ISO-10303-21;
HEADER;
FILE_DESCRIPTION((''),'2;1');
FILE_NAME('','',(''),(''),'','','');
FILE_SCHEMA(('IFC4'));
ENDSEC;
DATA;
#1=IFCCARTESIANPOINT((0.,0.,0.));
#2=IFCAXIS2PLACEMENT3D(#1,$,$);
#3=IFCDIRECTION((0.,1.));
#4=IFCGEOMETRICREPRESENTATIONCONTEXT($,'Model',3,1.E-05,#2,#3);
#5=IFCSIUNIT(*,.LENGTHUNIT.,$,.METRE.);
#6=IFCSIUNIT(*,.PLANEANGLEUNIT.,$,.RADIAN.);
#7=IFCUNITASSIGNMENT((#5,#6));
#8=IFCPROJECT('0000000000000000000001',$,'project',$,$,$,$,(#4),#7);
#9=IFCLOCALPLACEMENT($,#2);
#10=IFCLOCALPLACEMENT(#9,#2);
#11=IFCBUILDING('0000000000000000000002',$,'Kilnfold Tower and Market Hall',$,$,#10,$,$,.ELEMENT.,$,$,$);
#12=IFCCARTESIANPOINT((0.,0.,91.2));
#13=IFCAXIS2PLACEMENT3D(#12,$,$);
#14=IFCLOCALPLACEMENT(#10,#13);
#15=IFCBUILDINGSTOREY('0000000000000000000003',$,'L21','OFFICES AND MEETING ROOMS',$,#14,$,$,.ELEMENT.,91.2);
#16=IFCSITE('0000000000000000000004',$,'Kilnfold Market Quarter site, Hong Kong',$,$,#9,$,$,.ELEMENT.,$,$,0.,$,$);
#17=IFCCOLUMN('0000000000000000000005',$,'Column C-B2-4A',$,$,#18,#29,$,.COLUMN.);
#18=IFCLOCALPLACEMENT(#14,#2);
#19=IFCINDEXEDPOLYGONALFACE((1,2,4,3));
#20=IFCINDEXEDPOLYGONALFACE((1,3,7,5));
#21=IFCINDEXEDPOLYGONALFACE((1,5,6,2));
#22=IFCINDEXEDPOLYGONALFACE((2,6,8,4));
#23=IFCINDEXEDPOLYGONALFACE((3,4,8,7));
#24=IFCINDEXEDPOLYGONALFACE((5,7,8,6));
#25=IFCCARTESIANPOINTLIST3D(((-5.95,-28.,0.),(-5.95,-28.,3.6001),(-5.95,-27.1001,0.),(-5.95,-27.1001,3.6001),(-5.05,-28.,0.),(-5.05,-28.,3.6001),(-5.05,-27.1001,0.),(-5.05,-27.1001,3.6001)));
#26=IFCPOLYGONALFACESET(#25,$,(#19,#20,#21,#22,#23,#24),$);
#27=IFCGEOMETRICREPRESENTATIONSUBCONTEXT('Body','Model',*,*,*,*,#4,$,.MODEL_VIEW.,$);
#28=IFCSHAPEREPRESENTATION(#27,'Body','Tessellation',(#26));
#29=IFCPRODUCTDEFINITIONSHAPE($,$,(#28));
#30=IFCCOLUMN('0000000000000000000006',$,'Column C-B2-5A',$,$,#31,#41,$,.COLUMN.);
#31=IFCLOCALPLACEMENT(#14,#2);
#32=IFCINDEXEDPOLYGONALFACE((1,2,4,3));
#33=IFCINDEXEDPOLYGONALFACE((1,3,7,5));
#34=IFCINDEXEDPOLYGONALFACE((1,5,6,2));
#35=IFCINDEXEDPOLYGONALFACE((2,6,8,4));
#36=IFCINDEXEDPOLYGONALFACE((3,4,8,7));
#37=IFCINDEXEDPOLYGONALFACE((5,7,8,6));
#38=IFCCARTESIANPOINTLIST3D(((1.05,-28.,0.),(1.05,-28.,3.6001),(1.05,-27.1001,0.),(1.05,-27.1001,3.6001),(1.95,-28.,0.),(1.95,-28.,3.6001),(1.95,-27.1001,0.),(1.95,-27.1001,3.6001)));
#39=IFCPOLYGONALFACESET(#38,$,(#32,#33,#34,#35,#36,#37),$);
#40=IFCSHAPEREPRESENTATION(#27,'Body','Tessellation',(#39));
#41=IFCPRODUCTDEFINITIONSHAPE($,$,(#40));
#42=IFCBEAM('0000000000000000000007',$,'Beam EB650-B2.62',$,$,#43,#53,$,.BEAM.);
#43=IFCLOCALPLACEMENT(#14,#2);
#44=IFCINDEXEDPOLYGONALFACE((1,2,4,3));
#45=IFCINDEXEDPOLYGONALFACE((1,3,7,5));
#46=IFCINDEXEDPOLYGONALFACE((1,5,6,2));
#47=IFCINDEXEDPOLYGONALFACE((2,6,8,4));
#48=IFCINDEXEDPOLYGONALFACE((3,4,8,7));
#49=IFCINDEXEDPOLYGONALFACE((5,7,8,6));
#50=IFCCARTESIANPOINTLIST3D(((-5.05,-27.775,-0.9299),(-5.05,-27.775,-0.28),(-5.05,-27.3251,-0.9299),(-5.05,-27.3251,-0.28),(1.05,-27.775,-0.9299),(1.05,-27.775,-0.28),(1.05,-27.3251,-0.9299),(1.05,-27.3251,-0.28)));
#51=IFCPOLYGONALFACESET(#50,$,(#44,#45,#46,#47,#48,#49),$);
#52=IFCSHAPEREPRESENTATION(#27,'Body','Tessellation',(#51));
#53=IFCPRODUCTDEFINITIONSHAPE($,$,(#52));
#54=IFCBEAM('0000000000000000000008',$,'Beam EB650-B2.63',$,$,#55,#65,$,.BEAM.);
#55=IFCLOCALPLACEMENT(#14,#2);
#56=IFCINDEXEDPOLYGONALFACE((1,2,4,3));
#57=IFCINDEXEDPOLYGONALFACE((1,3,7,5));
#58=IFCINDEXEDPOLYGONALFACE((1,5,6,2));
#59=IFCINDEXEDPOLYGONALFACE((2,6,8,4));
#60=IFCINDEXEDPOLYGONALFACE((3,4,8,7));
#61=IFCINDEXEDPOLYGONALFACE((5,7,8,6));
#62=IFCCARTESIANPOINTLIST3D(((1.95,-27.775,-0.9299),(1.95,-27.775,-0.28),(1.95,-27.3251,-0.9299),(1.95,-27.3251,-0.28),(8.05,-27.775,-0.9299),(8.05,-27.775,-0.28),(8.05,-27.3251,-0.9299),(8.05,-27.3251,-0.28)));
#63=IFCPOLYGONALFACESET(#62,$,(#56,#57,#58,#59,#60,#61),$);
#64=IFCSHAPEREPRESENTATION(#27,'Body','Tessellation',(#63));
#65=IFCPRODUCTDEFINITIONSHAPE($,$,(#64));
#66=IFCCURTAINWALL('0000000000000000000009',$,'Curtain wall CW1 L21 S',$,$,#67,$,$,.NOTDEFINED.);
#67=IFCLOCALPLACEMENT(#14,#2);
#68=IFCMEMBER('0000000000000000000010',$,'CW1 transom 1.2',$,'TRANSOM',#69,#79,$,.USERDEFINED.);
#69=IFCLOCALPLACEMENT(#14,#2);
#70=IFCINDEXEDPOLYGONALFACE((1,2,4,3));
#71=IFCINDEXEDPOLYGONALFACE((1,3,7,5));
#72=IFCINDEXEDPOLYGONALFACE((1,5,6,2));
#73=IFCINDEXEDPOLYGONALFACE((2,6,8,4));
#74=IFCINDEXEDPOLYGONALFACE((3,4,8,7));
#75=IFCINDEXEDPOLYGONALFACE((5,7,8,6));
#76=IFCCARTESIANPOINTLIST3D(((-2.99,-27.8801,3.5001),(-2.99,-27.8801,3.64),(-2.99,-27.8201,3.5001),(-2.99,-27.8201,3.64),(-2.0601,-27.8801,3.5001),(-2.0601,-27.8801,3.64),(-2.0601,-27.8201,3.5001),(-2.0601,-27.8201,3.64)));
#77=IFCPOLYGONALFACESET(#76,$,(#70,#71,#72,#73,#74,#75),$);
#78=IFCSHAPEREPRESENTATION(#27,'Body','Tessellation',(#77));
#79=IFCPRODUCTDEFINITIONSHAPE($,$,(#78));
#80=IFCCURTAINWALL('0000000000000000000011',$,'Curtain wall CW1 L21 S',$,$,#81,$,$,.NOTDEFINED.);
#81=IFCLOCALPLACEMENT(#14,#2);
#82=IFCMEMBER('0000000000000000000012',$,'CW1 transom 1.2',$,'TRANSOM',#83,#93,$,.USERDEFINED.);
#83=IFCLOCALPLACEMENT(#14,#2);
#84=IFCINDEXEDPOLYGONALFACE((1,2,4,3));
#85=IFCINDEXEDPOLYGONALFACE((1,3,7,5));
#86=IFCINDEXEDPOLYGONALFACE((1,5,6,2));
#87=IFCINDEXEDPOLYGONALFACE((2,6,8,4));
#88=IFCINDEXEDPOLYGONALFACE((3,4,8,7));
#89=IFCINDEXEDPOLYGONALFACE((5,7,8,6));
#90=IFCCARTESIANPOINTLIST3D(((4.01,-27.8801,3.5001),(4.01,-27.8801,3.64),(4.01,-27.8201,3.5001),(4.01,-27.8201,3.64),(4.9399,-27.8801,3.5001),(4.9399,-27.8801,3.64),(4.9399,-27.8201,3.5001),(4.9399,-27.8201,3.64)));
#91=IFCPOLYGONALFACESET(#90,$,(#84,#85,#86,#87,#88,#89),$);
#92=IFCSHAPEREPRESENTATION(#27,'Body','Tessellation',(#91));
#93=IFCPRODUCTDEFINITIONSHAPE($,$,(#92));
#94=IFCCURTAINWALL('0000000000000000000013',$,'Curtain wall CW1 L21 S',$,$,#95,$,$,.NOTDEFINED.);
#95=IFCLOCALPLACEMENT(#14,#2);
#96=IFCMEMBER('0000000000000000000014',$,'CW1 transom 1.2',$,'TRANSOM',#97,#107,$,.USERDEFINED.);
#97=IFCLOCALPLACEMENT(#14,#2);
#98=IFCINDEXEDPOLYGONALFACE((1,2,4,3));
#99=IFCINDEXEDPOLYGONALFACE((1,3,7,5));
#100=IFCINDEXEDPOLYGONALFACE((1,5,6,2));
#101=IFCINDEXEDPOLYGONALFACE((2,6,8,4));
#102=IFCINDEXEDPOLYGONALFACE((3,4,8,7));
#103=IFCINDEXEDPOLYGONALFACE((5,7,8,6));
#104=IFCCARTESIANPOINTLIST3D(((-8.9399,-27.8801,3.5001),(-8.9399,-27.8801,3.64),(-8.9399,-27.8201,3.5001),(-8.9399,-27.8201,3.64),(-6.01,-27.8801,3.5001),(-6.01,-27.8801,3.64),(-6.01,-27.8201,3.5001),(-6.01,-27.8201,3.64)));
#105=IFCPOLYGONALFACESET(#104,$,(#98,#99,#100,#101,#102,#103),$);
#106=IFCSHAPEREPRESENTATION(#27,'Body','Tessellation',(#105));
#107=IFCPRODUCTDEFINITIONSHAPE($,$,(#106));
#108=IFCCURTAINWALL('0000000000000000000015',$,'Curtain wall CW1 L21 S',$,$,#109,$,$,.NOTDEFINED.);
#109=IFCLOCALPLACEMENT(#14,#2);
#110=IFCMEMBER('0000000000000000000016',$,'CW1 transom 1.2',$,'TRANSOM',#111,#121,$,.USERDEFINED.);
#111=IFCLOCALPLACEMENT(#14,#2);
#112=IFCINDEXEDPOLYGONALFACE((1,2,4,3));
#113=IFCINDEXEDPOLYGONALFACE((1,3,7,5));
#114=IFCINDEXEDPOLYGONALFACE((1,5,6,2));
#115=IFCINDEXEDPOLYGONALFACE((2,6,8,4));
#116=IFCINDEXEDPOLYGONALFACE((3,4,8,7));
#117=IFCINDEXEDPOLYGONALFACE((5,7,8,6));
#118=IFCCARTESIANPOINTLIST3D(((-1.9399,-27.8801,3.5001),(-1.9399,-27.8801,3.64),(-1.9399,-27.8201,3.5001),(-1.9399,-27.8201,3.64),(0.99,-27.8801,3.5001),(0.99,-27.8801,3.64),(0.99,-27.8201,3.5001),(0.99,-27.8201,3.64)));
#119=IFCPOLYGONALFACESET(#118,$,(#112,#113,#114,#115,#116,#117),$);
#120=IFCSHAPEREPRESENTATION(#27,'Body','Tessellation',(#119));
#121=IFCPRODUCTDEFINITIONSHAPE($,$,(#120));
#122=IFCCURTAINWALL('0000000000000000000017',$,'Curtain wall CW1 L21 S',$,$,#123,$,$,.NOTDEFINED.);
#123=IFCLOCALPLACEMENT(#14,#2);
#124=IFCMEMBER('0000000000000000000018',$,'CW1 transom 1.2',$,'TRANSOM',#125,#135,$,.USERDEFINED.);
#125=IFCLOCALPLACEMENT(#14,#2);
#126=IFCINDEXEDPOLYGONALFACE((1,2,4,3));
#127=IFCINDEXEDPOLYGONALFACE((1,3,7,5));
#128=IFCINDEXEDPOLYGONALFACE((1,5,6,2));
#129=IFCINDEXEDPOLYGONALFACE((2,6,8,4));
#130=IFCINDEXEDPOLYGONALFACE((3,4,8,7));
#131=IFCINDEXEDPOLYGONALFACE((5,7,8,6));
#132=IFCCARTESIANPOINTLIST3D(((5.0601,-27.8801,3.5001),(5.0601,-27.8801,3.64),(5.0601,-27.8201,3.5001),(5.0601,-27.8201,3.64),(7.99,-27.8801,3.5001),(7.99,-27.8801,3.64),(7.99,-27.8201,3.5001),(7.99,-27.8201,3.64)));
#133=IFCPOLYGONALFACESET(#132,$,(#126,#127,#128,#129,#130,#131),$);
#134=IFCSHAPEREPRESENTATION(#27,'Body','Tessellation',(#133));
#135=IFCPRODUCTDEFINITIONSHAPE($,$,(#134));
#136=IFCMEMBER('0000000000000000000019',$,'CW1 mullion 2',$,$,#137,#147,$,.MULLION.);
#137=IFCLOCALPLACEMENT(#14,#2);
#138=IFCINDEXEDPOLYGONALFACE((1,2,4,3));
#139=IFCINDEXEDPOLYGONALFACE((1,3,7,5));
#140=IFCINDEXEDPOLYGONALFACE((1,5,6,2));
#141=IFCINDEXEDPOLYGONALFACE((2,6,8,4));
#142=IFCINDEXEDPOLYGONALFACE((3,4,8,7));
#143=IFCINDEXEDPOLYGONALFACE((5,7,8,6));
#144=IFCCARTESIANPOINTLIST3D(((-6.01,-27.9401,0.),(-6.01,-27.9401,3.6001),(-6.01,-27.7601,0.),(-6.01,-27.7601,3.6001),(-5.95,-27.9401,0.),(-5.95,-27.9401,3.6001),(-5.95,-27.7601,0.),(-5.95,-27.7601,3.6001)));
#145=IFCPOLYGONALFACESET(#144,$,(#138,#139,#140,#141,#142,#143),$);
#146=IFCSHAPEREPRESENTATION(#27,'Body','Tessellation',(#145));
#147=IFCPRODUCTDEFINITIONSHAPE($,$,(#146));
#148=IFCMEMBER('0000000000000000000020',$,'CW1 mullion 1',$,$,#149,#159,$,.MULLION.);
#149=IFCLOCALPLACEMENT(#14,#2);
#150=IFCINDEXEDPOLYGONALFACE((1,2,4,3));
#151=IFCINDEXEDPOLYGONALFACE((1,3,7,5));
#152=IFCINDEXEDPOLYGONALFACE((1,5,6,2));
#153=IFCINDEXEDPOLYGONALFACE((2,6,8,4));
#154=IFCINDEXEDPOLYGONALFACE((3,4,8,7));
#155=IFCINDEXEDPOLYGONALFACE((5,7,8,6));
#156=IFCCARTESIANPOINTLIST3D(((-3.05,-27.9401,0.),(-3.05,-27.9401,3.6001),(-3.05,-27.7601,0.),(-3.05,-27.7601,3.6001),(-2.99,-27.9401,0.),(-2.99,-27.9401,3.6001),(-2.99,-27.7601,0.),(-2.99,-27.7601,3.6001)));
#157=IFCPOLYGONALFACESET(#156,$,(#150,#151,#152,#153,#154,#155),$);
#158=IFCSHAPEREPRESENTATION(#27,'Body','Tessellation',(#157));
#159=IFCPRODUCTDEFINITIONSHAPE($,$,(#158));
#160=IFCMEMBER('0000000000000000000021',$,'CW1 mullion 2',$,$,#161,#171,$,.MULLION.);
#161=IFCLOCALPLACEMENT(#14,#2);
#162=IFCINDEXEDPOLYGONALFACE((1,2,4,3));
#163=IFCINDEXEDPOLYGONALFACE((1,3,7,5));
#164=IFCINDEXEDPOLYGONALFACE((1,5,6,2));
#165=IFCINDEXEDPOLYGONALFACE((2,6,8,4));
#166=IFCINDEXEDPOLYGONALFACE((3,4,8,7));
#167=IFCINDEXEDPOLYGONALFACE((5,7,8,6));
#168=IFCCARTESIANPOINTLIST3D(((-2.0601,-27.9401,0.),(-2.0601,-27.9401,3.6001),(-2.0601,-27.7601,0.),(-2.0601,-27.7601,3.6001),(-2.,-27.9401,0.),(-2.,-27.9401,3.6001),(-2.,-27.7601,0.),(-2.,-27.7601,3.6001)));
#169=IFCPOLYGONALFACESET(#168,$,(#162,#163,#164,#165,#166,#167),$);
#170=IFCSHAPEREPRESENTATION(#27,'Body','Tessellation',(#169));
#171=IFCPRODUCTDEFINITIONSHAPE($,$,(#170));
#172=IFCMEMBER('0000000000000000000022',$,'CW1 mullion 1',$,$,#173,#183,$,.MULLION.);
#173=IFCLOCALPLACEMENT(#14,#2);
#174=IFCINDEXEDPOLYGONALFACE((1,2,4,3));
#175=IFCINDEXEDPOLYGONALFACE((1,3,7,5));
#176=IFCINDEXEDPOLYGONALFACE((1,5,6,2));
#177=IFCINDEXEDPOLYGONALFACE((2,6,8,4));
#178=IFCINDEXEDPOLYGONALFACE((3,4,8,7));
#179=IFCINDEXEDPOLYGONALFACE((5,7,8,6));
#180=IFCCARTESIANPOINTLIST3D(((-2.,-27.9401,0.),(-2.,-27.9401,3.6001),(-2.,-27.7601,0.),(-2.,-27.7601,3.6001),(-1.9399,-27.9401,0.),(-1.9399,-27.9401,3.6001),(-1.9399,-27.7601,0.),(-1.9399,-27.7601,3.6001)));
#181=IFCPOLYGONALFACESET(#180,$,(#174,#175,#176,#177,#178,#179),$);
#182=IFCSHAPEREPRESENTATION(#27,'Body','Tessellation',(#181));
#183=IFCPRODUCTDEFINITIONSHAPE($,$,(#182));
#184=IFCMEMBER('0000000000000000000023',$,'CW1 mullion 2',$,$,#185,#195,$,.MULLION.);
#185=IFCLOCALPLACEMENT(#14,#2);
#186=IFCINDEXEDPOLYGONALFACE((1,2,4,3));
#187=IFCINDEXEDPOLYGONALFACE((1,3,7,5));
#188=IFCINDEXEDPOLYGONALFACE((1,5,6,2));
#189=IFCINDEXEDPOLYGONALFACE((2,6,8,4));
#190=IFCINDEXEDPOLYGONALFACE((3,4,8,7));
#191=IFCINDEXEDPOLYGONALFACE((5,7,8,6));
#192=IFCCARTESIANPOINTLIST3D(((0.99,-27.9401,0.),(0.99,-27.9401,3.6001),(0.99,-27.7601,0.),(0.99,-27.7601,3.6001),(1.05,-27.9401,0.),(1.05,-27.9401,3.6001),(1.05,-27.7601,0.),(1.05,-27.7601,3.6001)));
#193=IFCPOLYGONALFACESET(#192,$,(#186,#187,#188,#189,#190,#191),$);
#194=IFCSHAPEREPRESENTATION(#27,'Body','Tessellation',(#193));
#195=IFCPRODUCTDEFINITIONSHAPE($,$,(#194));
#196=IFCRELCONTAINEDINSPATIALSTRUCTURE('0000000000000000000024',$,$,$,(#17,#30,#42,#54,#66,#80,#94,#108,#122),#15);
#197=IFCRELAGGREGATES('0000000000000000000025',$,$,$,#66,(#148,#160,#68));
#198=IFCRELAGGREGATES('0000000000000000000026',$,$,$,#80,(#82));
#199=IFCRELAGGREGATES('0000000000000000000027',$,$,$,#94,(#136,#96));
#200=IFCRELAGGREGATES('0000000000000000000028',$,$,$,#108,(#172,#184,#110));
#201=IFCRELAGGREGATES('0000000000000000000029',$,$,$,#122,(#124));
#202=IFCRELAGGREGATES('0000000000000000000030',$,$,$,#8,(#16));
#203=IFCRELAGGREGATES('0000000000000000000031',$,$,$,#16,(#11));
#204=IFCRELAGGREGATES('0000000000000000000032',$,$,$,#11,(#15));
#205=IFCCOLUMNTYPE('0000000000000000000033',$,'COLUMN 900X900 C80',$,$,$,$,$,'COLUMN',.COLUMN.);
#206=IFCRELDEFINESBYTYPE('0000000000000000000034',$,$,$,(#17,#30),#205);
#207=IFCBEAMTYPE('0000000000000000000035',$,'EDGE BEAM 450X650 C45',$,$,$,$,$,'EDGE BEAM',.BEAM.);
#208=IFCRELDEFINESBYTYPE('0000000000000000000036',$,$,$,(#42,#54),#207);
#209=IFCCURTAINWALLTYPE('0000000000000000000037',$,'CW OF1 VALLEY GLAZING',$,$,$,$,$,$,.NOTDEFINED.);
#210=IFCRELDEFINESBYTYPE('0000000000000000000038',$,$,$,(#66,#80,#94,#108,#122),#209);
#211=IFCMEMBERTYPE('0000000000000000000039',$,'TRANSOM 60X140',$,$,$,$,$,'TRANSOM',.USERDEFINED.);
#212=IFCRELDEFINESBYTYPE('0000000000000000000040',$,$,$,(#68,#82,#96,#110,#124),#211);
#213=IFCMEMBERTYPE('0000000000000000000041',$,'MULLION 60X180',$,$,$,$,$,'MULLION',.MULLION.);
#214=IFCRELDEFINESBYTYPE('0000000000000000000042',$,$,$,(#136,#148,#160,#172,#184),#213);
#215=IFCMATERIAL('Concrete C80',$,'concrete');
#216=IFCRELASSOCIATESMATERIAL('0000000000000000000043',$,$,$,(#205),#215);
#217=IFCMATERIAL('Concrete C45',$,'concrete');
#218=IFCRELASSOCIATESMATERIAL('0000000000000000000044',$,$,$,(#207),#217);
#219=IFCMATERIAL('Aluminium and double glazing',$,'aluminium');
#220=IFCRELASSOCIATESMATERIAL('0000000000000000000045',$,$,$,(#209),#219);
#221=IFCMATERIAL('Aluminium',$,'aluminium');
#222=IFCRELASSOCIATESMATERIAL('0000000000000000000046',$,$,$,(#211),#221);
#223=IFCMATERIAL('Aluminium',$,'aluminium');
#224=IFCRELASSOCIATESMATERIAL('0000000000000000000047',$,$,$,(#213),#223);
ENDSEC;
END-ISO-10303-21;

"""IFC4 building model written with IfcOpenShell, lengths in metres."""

from ifc_helpers import new_model, si_unit, direction, frame, origin, origin_2d, place, context, subcontext, project, spatial, rectangle, extrude, source, transform, mapped, material, material_profile, profile_set, type_object, element, aggregate, save


model = new_model("IFC4")

# Units and contexts
model_context = context("Model", 3, precision=1e-05, world=origin(), true_north=direction((0.0, 1.0)))
body_context = subcontext(model_context, "Body", "Model", "MODEL_VIEW")
ifc_project = project(units=[si_unit("LENGTHUNIT", "METRE"), si_unit("PLANEANGLEUNIT", "RADIAN")], contexts=[model_context])

# Site, building, storey
site_placement = place(None, origin())
site = spatial("IfcSite", under=ifc_project, at=site_placement, Name="Kilnfold Market Quarter site, Hong Kong", CompositionType="ELEMENT", RefElevation=0.0)
building_placement = place(site_placement, origin())
building = spatial("IfcBuilding", under=site, at=building_placement, Name="Kilnfold Tower and Market Hall", CompositionType="ELEMENT")
storey_placement = place(building_placement, frame((0.0, 0.0, 91.2)))
storey = spatial("IfcBuildingStorey", under=building, at=storey_placement, Name="L21", Description="OFFICES AND MEETING ROOMS", CompositionType="ELEMENT", Elevation=91.2)

# Columns
ifc_material_1 = material(Name="Concrete C80", Category="concrete")
ifc_material_profile_1 = material_profile(ifc_material_1, rectangle(XDim=0.8999, YDim=0.8999, at=origin_2d()), Name="RC 900x900")
ifc_profile_set_1 = profile_set([ifc_material_profile_1], Name="Concrete C80")
column_type = type_object("IfcColumnType", Name="COLUMN 900X900 C80", ElementType="COLUMN", PredefinedType="COLUMN", material=ifc_profile_set_1)
shared_shape_1 = source(origin(), body_context, "Body", "SweptSolid", [
    extrude(rectangle(XDim=0.8999, YDim=0.8999, at=origin_2d()), origin(), (0.0, 0.0, 1.0), 3.6001),
])
for number, where, z_axis, x_axis, name in (
    (1, (-5.5, -27.55, 0.0), (0.0, 0.0, 1.0), (1.0, 0.0, 0.0), "Column C-B2-4A"),
    (2, (1.5, -27.55, 0.0), (0.0, 0.0, 1.0), (1.0, 0.0, 0.0), "Column C-B2-5A"),
):
    element("IfcColumn", number, at=place(storey_placement, frame(where, z_axis=z_axis, x_axis=x_axis)), inside=storey, type_object=column_type, Name=name, PredefinedType="COLUMN", context=body_context, shape_type="MappedRepresentation", body=[
        mapped(shared_shape_1, transform((0.0, 0.0, 0.0))),
    ])

# Beams
ifc_material_2 = material(Name="Concrete C45", Category="concrete")
ifc_material_profile_2 = material_profile(ifc_material_2, rectangle(XDim=0.45, YDim=0.6499, at=origin_2d()), Name="RC 450x650")
ifc_profile_set_2 = profile_set([ifc_material_profile_2], Name="Concrete C45")
beam_type = type_object("IfcBeamType", Name="EDGE BEAM 450X650 C45", ElementType="EDGE BEAM", PredefinedType="BEAM", material=ifc_profile_set_2)
shared_shape_2 = source(origin(), body_context, "Body", "SweptSolid", [
    extrude(rectangle(XDim=0.45, YDim=0.6499, at=origin_2d()), origin(), (0.0, 0.0, 1.0), 6.1001),
])
for number, where, z_axis, x_axis, name in (
    (3, (-5.05, -27.55, -0.605), (1.0, 0.0, 0.0), (0.0, 1.0, 0.0), "Beam EB650-B2.62"),
    (4, (1.95, -27.55, -0.605), (1.0, 0.0, 0.0), (0.0, 1.0, 0.0), "Beam EB650-B2.63"),
):
    element("IfcBeam", number, at=place(storey_placement, frame(where, z_axis=z_axis, x_axis=x_axis)), inside=storey, type_object=beam_type, Name=name, PredefinedType="BEAM", context=body_context, shape_type="MappedRepresentation", body=[
        mapped(shared_shape_2, transform((0.0, 0.0, 0.0))),
    ])

# Curtain walls, members
ifc_material_3 = material(Name="Aluminium and double glazing", Category="aluminium")
curtain_wall_type = type_object("IfcCurtainWallType", Name="CW OF1 VALLEY GLAZING", PredefinedType="NOTDEFINED", material=ifc_material_3)
curtain_wall_1_placement = place(storey_placement, origin())
curtain_wall_1 = element("IfcCurtainWall", 5, at=curtain_wall_1_placement, inside=storey, type_object=curtain_wall_type, Name="Curtain wall CW1 L21 S", PredefinedType="NOTDEFINED")
ifc_material_4 = material(Name="Aluminium", Category="aluminium")
ifc_material_profile_3 = material_profile(ifc_material_4, rectangle(XDim=0.0601, YDim=0.1399, at=origin_2d()), Name="TRANSOM 60x140")
ifc_profile_set_3 = profile_set([ifc_material_profile_3], Name="Aluminium")
member_type_1 = type_object("IfcMemberType", Name="TRANSOM 60X140", ElementType="TRANSOM", PredefinedType="USERDEFINED", material=ifc_profile_set_3)
shared_shape_3 = source(origin(), body_context, "Body", "SweptSolid", [
    extrude(rectangle(XDim=0.0601, YDim=0.1399, at=origin_2d()), origin(), (0.0, 0.0, 1.0), 0.9299),
])
member_1_placement = place(storey_placement, frame((-2.99, -27.8501, 3.5701), z_axis=(1.0, 0.0, 0.0), x_axis=(0.0, 1.0, 0.0)))
member_1 = element("IfcMember", 6, at=member_1_placement, type_object=member_type_1, Name="CW1 transom 1.2", ObjectType="TRANSOM", PredefinedType="USERDEFINED", context=body_context, shape_type="MappedRepresentation", body=[
    mapped(shared_shape_3, transform((0.0, 0.0, 0.0))),
])
curtain_wall_2_placement = place(storey_placement, origin())
curtain_wall_2 = element("IfcCurtainWall", 7, at=curtain_wall_2_placement, inside=storey, type_object=curtain_wall_type, Name="Curtain wall CW1 L21 S", PredefinedType="NOTDEFINED")
member_2_placement = place(storey_placement, frame((4.01, -27.8501, 3.5701), z_axis=(1.0, 0.0, 0.0), x_axis=(0.0, 1.0, 0.0)))
member_2 = element("IfcMember", 8, at=member_2_placement, type_object=member_type_1, Name="CW1 transom 1.2", ObjectType="TRANSOM", PredefinedType="USERDEFINED", context=body_context, shape_type="MappedRepresentation", body=[
    mapped(shared_shape_3, transform((0.0, 0.0, 0.0))),
])
curtain_wall_3_placement = place(storey_placement, origin())
curtain_wall_3 = element("IfcCurtainWall", 9, at=curtain_wall_3_placement, inside=storey, type_object=curtain_wall_type, Name="Curtain wall CW1 L21 S", PredefinedType="NOTDEFINED")
shared_shape_4 = source(origin(), body_context, "Body", "SweptSolid", [
    extrude(rectangle(XDim=0.0601, YDim=0.1399, at=origin_2d()), origin(), (0.0, 0.0, 1.0), 2.9299),
])
member_3_placement = place(storey_placement, frame((-8.9399, -27.8501, 3.5701), z_axis=(1.0, 0.0, 0.0), x_axis=(0.0, 1.0, 0.0)))
member_3 = element("IfcMember", 10, at=member_3_placement, type_object=member_type_1, Name="CW1 transom 1.2", ObjectType="TRANSOM", PredefinedType="USERDEFINED", context=body_context, shape_type="MappedRepresentation", body=[
    mapped(shared_shape_4, transform((0.0, 0.0, 0.0))),
])
curtain_wall_4_placement = place(storey_placement, origin())
curtain_wall_4 = element("IfcCurtainWall", 11, at=curtain_wall_4_placement, inside=storey, type_object=curtain_wall_type, Name="Curtain wall CW1 L21 S", PredefinedType="NOTDEFINED")
member_4_placement = place(storey_placement, frame((-1.9399, -27.8501, 3.5701), z_axis=(1.0, 0.0, 0.0), x_axis=(0.0, 1.0, 0.0)))
member_4 = element("IfcMember", 12, at=member_4_placement, type_object=member_type_1, Name="CW1 transom 1.2", ObjectType="TRANSOM", PredefinedType="USERDEFINED", context=body_context, shape_type="MappedRepresentation", body=[
    mapped(shared_shape_4, transform((0.0, 0.0, 0.0))),
])
curtain_wall_5_placement = place(storey_placement, origin())
curtain_wall_5 = element("IfcCurtainWall", 13, at=curtain_wall_5_placement, inside=storey, type_object=curtain_wall_type, Name="Curtain wall CW1 L21 S", PredefinedType="NOTDEFINED")
member_5_placement = place(storey_placement, frame((5.0601, -27.8501, 3.5701), z_axis=(1.0, 0.0, 0.0), x_axis=(0.0, 1.0, 0.0)))
member_5 = element("IfcMember", 14, at=member_5_placement, type_object=member_type_1, Name="CW1 transom 1.2", ObjectType="TRANSOM", PredefinedType="USERDEFINED", context=body_context, shape_type="MappedRepresentation", body=[
    mapped(shared_shape_4, transform((0.0, 0.0, 0.0))),
])

# Members
ifc_material_5 = material(Name="Aluminium", Category="aluminium")
ifc_material_profile_4 = material_profile(ifc_material_5, rectangle(XDim=0.0601, YDim=0.1799, at=origin_2d()), Name="MULLION 60x180")
ifc_profile_set_4 = profile_set([ifc_material_profile_4], Name="Aluminium")
member_type_2 = type_object("IfcMemberType", Name="MULLION 60X180", ElementType="MULLION", PredefinedType="MULLION", material=ifc_profile_set_4)
shared_shape_5 = source(origin(), body_context, "Body", "SweptSolid", [
    extrude(rectangle(XDim=0.0601, YDim=0.1799, at=origin_2d()), origin(), (0.0, 0.0, 1.0), 3.6001),
])
member_6_placement = place(storey_placement, frame((-5.98, -27.8501, 0.0), z_axis=(0.0, 0.0, 1.0), x_axis=(1.0, 0.0, 0.0)))
member_6 = element("IfcMember", 15, at=member_6_placement, type_object=member_type_2, Name="CW1 mullion 2", PredefinedType="MULLION", context=body_context, shape_type="MappedRepresentation", body=[
    mapped(shared_shape_5, transform((0.0, 0.0, 0.0))),
])
member_7_placement = place(storey_placement, frame((-3.02, -27.8501, 0.0), z_axis=(0.0, 0.0, 1.0), x_axis=(1.0, 0.0, 0.0)))
member_7 = element("IfcMember", 16, at=member_7_placement, type_object=member_type_2, Name="CW1 mullion 1", PredefinedType="MULLION", context=body_context, shape_type="MappedRepresentation", body=[
    mapped(shared_shape_5, transform((0.0, 0.0, 0.0))),
])
member_8_placement = place(storey_placement, frame((-2.03, -27.8501, 0.0), z_axis=(0.0, 0.0, 1.0), x_axis=(1.0, 0.0, 0.0)))
member_8 = element("IfcMember", 17, at=member_8_placement, type_object=member_type_2, Name="CW1 mullion 2", PredefinedType="MULLION", context=body_context, shape_type="MappedRepresentation", body=[
    mapped(shared_shape_5, transform((0.0, 0.0, 0.0))),
])
member_9_placement = place(storey_placement, frame((-1.97, -27.8501, 0.0), z_axis=(0.0, 0.0, 1.0), x_axis=(1.0, 0.0, 0.0)))
member_9 = element("IfcMember", 18, at=member_9_placement, type_object=member_type_2, Name="CW1 mullion 1", PredefinedType="MULLION", context=body_context, shape_type="MappedRepresentation", body=[
    mapped(shared_shape_5, transform((0.0, 0.0, 0.0))),
])
member_10_placement = place(storey_placement, frame((1.02, -27.8501, 0.0), z_axis=(0.0, 0.0, 1.0), x_axis=(1.0, 0.0, 0.0)))
member_10 = element("IfcMember", 19, at=member_10_placement, type_object=member_type_2, Name="CW1 mullion 2", PredefinedType="MULLION", context=body_context, shape_type="MappedRepresentation", body=[
    mapped(shared_shape_5, transform((0.0, 0.0, 0.0))),
])

aggregate(curtain_wall_1, [member_7, member_8, member_1])
aggregate(curtain_wall_2, [member_2])
aggregate(curtain_wall_3, [member_6, member_3])
aggregate(curtain_wall_4, [member_9, member_10, member_4])
aggregate(curtain_wall_5, [member_5])

save(model, "model.ifc")
